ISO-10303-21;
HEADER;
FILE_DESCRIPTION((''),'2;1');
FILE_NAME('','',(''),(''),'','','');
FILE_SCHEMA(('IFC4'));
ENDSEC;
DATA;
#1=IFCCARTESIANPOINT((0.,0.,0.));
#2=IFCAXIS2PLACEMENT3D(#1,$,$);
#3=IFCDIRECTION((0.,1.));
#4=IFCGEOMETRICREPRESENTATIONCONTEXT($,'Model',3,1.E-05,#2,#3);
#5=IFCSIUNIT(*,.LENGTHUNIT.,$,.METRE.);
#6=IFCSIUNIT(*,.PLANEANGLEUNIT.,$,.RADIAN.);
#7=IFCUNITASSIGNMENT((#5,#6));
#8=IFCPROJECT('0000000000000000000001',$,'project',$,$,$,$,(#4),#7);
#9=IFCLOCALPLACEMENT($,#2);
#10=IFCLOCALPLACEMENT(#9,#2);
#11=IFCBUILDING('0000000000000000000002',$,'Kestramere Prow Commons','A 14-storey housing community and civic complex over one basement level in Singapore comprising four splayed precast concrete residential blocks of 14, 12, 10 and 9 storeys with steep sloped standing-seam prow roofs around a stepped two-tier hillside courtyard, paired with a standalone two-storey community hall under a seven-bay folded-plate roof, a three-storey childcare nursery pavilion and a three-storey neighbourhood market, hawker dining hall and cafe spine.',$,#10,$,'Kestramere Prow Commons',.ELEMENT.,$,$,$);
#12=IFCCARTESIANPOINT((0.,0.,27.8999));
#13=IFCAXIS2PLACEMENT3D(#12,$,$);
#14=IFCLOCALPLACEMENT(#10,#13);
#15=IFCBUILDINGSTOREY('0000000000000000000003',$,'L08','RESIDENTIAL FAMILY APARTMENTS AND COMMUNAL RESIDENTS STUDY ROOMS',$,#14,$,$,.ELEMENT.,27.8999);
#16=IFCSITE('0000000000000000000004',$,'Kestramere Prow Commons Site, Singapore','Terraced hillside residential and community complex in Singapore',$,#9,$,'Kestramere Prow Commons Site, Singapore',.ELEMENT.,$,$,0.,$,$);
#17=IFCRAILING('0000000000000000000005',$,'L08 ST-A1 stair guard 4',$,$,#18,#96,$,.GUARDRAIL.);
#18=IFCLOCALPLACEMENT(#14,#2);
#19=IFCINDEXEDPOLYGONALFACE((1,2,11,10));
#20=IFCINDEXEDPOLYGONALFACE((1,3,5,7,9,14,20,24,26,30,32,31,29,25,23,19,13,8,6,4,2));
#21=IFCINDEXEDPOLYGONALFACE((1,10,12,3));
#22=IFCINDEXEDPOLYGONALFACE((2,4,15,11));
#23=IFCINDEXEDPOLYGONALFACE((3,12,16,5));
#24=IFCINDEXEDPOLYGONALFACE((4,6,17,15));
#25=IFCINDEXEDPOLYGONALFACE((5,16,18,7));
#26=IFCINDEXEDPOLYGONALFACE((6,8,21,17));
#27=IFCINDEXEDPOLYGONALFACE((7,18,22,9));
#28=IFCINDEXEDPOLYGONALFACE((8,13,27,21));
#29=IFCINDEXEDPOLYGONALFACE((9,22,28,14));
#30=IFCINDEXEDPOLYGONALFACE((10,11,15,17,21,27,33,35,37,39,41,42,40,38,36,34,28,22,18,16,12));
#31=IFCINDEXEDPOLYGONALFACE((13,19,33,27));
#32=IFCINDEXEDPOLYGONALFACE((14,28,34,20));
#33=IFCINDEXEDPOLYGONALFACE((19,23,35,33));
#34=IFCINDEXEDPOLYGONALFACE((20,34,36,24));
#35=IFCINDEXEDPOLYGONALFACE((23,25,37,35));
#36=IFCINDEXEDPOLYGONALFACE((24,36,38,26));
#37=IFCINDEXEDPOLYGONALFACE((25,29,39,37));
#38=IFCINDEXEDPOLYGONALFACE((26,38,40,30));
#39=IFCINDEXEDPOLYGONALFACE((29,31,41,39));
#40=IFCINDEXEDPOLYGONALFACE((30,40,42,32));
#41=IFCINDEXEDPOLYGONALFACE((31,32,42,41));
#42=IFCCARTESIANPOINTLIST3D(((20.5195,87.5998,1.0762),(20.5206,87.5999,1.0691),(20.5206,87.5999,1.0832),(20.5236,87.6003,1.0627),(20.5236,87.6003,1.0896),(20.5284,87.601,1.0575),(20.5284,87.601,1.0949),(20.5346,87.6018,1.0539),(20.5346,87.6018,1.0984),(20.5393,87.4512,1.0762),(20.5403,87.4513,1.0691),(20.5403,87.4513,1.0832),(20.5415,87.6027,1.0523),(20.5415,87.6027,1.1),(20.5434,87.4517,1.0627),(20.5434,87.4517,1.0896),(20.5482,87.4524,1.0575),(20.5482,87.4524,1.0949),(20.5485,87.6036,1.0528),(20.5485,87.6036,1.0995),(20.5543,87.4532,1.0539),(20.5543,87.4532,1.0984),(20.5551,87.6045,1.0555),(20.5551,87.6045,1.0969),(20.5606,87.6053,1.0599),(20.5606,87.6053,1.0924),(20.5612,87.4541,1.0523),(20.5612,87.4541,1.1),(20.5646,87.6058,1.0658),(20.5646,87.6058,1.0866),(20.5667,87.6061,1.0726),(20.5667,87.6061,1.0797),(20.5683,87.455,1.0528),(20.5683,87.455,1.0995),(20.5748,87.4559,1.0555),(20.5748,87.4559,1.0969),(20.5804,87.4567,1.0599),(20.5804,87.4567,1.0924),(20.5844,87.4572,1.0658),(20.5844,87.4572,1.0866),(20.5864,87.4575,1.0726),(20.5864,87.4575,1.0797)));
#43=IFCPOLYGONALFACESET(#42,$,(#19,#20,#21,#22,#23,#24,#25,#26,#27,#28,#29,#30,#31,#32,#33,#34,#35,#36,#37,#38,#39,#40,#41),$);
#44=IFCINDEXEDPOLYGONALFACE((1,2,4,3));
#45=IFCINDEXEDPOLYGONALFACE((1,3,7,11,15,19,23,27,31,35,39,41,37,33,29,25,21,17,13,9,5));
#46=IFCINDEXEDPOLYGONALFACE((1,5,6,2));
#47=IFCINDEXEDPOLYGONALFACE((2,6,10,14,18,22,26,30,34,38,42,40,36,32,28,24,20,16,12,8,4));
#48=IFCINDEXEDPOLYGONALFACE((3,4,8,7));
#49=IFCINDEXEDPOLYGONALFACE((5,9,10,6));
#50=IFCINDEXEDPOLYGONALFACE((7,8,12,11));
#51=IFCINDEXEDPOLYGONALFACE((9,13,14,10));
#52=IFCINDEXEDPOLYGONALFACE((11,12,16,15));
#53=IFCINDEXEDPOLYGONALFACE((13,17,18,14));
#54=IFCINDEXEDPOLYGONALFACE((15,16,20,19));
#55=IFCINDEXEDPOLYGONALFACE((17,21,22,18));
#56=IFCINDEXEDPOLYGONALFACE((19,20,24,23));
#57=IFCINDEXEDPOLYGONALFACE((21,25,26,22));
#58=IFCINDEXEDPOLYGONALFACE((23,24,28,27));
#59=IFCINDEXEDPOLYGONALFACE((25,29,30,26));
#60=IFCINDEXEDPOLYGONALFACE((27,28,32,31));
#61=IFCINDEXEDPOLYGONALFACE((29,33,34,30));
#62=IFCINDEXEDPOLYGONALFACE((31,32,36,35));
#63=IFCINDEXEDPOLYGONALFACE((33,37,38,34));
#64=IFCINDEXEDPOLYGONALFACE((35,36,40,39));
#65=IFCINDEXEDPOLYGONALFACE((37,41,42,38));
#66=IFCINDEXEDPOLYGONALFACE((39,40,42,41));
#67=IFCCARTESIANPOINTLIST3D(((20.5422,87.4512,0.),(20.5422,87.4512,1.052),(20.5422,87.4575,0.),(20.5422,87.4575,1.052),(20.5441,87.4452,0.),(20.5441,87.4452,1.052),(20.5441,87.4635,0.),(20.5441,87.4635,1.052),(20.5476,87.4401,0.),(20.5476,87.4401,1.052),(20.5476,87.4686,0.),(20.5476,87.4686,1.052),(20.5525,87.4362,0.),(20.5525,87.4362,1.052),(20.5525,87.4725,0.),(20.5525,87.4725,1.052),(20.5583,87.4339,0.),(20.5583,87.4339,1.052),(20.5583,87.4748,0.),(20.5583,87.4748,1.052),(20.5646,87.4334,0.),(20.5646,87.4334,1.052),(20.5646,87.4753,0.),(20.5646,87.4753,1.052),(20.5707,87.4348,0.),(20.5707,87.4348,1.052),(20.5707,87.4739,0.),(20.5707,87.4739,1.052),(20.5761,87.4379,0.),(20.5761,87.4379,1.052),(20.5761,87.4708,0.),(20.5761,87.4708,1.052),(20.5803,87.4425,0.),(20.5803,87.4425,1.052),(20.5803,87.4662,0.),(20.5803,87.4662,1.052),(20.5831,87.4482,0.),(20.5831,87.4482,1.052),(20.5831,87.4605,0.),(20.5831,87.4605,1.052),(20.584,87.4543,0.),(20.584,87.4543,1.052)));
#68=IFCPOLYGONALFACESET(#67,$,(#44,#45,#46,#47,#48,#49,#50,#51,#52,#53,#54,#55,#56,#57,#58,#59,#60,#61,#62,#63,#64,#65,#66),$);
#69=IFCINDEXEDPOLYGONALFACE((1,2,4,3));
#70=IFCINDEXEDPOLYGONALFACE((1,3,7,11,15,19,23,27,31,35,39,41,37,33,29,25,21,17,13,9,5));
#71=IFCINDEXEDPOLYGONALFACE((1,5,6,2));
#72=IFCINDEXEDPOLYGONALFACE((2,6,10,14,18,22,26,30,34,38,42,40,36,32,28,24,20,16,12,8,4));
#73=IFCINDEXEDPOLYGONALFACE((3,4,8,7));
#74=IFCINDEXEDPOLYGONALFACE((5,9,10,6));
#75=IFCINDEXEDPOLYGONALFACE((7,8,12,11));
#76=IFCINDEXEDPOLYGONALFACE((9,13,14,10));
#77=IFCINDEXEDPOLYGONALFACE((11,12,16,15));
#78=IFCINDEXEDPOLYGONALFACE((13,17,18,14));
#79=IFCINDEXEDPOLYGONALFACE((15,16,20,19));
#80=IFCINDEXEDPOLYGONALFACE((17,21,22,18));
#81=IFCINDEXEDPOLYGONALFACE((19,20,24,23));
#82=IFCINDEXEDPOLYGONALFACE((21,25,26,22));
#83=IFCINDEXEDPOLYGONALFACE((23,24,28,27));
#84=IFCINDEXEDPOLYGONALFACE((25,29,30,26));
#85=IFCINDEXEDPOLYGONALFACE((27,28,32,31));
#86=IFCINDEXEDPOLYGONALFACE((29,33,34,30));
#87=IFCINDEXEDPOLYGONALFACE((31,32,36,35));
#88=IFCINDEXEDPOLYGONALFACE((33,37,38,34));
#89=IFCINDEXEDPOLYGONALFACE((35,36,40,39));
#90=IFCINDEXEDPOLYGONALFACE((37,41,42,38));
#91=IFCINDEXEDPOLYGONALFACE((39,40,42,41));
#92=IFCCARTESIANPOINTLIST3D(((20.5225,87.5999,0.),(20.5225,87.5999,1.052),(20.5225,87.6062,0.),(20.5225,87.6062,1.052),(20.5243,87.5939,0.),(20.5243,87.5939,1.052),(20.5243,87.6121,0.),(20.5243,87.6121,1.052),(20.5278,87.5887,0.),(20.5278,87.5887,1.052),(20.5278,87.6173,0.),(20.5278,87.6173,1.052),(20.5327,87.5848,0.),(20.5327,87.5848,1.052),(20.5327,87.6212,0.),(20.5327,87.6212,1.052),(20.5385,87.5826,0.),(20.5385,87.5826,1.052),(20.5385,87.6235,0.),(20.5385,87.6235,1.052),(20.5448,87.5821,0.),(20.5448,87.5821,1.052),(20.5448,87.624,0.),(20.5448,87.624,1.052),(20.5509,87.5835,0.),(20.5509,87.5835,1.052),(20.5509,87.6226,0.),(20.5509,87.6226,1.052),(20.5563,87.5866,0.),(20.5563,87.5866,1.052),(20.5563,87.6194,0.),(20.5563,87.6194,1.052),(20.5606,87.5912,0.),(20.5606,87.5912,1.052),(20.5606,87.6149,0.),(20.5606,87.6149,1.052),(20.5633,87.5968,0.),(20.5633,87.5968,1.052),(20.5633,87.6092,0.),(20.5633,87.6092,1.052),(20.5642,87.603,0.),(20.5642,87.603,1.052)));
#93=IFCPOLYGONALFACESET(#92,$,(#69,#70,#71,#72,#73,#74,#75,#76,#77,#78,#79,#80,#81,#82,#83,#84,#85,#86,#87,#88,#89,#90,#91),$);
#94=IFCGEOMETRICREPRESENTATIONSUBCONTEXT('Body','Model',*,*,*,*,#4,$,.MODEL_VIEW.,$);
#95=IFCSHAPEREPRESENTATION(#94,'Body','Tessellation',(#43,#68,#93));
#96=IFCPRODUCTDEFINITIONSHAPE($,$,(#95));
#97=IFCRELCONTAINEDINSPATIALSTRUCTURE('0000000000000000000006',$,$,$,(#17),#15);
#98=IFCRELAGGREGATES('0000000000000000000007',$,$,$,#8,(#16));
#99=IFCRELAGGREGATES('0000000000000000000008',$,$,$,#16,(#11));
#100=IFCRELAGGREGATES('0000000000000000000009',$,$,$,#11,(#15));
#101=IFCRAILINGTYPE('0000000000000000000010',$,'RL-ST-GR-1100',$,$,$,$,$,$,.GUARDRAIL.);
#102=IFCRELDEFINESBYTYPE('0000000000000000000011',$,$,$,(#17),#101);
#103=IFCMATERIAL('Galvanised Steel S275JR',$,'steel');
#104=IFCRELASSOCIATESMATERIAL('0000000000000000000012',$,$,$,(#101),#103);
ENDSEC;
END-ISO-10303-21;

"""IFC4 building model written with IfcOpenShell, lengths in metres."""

from ifc_helpers import new_model, si_unit, direction, frame, origin, origin_2d, place, context, subcontext, project, spatial, circle, extrude, material, type_object, element, save


model = new_model("IFC4")

# Units and contexts
model_context = context("Model", 3, precision=1e-05, world=origin(), true_north=direction((0.0, 1.0)))
body_context = subcontext(model_context, "Body", "Model", "MODEL_VIEW")
ifc_project = project(units=[si_unit("LENGTHUNIT", "METRE"), si_unit("PLANEANGLEUNIT", "RADIAN")], contexts=[model_context])

# Site, building, storey
site_placement = place(None, origin())
site = spatial("IfcSite", under=ifc_project, at=site_placement, Name="Kestramere Prow Commons Site, Singapore", Description="Terraced hillside residential and community complex in Singapore", LongName="Kestramere Prow Commons Site, Singapore", CompositionType="ELEMENT", RefElevation=0.0)
building_placement = place(site_placement, origin())
building = spatial("IfcBuilding", under=site, at=building_placement, Name="Kestramere Prow Commons", Description="A 14-storey housing community and civic complex over one basement level in Singapore comprising four splayed precast concrete residential blocks of 14, 12, 10 and 9 storeys with steep sloped standing-seam prow roofs around a stepped two-tier hillside courtyard, paired with a standalone two-storey community hall under a seven-bay folded-plate roof, a three-storey childcare nursery pavilion and a three-storey neighbourhood market, hawker dining hall and cafe spine.", LongName="Kestramere Prow Commons", CompositionType="ELEMENT")
storey_placement = place(building_placement, frame((0.0, 0.0, 27.8999)))
storey = spatial("IfcBuildingStorey", under=building, at=storey_placement, Name="L08", Description="RESIDENTIAL FAMILY APARTMENTS AND COMMUNAL RESIDENTS STUDY ROOMS", CompositionType="ELEMENT", Elevation=27.8999)

# Railing
ifc_material_1 = material(Name="Galvanised Steel S275JR", Category="steel")
railing_type_1 = type_object("IfcRailingType", Name="RL-ST-GR-1100", PredefinedType="GUARDRAIL", material=ifc_material_1)
railing_1_placement = place(storey_placement, frame((20.563, 87.4543, 0.0)))
element("IfcRailing", 1, at=railing_1_placement, inside=storey, type_object=railing_type_1, Name="L08 ST-A1 stair guard 4", PredefinedType="GUARDRAIL", context=body_context, shape_type="SweptSolid", body=[
    extrude(circle(Radius=0.0239, at=origin_2d()), frame((0.0, 0.0, 1.0762), z_axis=(-0.131844, 0.99127, 0.0), x_axis=(-0.99127, -0.131844, 0.0)), (0.0, 0.0, 1.0), 0.1499),
    extrude(circle(Radius=0.021, at=origin_2d()), origin(), (0.0, 0.0, 1.0), 1.052),
    extrude(circle(Radius=0.021, at=origin_2d()), frame((-0.0198, 0.1487, 0.0)), (0.0, 0.0, 1.0), 1.052),
])

save(model, "model.ifc")
